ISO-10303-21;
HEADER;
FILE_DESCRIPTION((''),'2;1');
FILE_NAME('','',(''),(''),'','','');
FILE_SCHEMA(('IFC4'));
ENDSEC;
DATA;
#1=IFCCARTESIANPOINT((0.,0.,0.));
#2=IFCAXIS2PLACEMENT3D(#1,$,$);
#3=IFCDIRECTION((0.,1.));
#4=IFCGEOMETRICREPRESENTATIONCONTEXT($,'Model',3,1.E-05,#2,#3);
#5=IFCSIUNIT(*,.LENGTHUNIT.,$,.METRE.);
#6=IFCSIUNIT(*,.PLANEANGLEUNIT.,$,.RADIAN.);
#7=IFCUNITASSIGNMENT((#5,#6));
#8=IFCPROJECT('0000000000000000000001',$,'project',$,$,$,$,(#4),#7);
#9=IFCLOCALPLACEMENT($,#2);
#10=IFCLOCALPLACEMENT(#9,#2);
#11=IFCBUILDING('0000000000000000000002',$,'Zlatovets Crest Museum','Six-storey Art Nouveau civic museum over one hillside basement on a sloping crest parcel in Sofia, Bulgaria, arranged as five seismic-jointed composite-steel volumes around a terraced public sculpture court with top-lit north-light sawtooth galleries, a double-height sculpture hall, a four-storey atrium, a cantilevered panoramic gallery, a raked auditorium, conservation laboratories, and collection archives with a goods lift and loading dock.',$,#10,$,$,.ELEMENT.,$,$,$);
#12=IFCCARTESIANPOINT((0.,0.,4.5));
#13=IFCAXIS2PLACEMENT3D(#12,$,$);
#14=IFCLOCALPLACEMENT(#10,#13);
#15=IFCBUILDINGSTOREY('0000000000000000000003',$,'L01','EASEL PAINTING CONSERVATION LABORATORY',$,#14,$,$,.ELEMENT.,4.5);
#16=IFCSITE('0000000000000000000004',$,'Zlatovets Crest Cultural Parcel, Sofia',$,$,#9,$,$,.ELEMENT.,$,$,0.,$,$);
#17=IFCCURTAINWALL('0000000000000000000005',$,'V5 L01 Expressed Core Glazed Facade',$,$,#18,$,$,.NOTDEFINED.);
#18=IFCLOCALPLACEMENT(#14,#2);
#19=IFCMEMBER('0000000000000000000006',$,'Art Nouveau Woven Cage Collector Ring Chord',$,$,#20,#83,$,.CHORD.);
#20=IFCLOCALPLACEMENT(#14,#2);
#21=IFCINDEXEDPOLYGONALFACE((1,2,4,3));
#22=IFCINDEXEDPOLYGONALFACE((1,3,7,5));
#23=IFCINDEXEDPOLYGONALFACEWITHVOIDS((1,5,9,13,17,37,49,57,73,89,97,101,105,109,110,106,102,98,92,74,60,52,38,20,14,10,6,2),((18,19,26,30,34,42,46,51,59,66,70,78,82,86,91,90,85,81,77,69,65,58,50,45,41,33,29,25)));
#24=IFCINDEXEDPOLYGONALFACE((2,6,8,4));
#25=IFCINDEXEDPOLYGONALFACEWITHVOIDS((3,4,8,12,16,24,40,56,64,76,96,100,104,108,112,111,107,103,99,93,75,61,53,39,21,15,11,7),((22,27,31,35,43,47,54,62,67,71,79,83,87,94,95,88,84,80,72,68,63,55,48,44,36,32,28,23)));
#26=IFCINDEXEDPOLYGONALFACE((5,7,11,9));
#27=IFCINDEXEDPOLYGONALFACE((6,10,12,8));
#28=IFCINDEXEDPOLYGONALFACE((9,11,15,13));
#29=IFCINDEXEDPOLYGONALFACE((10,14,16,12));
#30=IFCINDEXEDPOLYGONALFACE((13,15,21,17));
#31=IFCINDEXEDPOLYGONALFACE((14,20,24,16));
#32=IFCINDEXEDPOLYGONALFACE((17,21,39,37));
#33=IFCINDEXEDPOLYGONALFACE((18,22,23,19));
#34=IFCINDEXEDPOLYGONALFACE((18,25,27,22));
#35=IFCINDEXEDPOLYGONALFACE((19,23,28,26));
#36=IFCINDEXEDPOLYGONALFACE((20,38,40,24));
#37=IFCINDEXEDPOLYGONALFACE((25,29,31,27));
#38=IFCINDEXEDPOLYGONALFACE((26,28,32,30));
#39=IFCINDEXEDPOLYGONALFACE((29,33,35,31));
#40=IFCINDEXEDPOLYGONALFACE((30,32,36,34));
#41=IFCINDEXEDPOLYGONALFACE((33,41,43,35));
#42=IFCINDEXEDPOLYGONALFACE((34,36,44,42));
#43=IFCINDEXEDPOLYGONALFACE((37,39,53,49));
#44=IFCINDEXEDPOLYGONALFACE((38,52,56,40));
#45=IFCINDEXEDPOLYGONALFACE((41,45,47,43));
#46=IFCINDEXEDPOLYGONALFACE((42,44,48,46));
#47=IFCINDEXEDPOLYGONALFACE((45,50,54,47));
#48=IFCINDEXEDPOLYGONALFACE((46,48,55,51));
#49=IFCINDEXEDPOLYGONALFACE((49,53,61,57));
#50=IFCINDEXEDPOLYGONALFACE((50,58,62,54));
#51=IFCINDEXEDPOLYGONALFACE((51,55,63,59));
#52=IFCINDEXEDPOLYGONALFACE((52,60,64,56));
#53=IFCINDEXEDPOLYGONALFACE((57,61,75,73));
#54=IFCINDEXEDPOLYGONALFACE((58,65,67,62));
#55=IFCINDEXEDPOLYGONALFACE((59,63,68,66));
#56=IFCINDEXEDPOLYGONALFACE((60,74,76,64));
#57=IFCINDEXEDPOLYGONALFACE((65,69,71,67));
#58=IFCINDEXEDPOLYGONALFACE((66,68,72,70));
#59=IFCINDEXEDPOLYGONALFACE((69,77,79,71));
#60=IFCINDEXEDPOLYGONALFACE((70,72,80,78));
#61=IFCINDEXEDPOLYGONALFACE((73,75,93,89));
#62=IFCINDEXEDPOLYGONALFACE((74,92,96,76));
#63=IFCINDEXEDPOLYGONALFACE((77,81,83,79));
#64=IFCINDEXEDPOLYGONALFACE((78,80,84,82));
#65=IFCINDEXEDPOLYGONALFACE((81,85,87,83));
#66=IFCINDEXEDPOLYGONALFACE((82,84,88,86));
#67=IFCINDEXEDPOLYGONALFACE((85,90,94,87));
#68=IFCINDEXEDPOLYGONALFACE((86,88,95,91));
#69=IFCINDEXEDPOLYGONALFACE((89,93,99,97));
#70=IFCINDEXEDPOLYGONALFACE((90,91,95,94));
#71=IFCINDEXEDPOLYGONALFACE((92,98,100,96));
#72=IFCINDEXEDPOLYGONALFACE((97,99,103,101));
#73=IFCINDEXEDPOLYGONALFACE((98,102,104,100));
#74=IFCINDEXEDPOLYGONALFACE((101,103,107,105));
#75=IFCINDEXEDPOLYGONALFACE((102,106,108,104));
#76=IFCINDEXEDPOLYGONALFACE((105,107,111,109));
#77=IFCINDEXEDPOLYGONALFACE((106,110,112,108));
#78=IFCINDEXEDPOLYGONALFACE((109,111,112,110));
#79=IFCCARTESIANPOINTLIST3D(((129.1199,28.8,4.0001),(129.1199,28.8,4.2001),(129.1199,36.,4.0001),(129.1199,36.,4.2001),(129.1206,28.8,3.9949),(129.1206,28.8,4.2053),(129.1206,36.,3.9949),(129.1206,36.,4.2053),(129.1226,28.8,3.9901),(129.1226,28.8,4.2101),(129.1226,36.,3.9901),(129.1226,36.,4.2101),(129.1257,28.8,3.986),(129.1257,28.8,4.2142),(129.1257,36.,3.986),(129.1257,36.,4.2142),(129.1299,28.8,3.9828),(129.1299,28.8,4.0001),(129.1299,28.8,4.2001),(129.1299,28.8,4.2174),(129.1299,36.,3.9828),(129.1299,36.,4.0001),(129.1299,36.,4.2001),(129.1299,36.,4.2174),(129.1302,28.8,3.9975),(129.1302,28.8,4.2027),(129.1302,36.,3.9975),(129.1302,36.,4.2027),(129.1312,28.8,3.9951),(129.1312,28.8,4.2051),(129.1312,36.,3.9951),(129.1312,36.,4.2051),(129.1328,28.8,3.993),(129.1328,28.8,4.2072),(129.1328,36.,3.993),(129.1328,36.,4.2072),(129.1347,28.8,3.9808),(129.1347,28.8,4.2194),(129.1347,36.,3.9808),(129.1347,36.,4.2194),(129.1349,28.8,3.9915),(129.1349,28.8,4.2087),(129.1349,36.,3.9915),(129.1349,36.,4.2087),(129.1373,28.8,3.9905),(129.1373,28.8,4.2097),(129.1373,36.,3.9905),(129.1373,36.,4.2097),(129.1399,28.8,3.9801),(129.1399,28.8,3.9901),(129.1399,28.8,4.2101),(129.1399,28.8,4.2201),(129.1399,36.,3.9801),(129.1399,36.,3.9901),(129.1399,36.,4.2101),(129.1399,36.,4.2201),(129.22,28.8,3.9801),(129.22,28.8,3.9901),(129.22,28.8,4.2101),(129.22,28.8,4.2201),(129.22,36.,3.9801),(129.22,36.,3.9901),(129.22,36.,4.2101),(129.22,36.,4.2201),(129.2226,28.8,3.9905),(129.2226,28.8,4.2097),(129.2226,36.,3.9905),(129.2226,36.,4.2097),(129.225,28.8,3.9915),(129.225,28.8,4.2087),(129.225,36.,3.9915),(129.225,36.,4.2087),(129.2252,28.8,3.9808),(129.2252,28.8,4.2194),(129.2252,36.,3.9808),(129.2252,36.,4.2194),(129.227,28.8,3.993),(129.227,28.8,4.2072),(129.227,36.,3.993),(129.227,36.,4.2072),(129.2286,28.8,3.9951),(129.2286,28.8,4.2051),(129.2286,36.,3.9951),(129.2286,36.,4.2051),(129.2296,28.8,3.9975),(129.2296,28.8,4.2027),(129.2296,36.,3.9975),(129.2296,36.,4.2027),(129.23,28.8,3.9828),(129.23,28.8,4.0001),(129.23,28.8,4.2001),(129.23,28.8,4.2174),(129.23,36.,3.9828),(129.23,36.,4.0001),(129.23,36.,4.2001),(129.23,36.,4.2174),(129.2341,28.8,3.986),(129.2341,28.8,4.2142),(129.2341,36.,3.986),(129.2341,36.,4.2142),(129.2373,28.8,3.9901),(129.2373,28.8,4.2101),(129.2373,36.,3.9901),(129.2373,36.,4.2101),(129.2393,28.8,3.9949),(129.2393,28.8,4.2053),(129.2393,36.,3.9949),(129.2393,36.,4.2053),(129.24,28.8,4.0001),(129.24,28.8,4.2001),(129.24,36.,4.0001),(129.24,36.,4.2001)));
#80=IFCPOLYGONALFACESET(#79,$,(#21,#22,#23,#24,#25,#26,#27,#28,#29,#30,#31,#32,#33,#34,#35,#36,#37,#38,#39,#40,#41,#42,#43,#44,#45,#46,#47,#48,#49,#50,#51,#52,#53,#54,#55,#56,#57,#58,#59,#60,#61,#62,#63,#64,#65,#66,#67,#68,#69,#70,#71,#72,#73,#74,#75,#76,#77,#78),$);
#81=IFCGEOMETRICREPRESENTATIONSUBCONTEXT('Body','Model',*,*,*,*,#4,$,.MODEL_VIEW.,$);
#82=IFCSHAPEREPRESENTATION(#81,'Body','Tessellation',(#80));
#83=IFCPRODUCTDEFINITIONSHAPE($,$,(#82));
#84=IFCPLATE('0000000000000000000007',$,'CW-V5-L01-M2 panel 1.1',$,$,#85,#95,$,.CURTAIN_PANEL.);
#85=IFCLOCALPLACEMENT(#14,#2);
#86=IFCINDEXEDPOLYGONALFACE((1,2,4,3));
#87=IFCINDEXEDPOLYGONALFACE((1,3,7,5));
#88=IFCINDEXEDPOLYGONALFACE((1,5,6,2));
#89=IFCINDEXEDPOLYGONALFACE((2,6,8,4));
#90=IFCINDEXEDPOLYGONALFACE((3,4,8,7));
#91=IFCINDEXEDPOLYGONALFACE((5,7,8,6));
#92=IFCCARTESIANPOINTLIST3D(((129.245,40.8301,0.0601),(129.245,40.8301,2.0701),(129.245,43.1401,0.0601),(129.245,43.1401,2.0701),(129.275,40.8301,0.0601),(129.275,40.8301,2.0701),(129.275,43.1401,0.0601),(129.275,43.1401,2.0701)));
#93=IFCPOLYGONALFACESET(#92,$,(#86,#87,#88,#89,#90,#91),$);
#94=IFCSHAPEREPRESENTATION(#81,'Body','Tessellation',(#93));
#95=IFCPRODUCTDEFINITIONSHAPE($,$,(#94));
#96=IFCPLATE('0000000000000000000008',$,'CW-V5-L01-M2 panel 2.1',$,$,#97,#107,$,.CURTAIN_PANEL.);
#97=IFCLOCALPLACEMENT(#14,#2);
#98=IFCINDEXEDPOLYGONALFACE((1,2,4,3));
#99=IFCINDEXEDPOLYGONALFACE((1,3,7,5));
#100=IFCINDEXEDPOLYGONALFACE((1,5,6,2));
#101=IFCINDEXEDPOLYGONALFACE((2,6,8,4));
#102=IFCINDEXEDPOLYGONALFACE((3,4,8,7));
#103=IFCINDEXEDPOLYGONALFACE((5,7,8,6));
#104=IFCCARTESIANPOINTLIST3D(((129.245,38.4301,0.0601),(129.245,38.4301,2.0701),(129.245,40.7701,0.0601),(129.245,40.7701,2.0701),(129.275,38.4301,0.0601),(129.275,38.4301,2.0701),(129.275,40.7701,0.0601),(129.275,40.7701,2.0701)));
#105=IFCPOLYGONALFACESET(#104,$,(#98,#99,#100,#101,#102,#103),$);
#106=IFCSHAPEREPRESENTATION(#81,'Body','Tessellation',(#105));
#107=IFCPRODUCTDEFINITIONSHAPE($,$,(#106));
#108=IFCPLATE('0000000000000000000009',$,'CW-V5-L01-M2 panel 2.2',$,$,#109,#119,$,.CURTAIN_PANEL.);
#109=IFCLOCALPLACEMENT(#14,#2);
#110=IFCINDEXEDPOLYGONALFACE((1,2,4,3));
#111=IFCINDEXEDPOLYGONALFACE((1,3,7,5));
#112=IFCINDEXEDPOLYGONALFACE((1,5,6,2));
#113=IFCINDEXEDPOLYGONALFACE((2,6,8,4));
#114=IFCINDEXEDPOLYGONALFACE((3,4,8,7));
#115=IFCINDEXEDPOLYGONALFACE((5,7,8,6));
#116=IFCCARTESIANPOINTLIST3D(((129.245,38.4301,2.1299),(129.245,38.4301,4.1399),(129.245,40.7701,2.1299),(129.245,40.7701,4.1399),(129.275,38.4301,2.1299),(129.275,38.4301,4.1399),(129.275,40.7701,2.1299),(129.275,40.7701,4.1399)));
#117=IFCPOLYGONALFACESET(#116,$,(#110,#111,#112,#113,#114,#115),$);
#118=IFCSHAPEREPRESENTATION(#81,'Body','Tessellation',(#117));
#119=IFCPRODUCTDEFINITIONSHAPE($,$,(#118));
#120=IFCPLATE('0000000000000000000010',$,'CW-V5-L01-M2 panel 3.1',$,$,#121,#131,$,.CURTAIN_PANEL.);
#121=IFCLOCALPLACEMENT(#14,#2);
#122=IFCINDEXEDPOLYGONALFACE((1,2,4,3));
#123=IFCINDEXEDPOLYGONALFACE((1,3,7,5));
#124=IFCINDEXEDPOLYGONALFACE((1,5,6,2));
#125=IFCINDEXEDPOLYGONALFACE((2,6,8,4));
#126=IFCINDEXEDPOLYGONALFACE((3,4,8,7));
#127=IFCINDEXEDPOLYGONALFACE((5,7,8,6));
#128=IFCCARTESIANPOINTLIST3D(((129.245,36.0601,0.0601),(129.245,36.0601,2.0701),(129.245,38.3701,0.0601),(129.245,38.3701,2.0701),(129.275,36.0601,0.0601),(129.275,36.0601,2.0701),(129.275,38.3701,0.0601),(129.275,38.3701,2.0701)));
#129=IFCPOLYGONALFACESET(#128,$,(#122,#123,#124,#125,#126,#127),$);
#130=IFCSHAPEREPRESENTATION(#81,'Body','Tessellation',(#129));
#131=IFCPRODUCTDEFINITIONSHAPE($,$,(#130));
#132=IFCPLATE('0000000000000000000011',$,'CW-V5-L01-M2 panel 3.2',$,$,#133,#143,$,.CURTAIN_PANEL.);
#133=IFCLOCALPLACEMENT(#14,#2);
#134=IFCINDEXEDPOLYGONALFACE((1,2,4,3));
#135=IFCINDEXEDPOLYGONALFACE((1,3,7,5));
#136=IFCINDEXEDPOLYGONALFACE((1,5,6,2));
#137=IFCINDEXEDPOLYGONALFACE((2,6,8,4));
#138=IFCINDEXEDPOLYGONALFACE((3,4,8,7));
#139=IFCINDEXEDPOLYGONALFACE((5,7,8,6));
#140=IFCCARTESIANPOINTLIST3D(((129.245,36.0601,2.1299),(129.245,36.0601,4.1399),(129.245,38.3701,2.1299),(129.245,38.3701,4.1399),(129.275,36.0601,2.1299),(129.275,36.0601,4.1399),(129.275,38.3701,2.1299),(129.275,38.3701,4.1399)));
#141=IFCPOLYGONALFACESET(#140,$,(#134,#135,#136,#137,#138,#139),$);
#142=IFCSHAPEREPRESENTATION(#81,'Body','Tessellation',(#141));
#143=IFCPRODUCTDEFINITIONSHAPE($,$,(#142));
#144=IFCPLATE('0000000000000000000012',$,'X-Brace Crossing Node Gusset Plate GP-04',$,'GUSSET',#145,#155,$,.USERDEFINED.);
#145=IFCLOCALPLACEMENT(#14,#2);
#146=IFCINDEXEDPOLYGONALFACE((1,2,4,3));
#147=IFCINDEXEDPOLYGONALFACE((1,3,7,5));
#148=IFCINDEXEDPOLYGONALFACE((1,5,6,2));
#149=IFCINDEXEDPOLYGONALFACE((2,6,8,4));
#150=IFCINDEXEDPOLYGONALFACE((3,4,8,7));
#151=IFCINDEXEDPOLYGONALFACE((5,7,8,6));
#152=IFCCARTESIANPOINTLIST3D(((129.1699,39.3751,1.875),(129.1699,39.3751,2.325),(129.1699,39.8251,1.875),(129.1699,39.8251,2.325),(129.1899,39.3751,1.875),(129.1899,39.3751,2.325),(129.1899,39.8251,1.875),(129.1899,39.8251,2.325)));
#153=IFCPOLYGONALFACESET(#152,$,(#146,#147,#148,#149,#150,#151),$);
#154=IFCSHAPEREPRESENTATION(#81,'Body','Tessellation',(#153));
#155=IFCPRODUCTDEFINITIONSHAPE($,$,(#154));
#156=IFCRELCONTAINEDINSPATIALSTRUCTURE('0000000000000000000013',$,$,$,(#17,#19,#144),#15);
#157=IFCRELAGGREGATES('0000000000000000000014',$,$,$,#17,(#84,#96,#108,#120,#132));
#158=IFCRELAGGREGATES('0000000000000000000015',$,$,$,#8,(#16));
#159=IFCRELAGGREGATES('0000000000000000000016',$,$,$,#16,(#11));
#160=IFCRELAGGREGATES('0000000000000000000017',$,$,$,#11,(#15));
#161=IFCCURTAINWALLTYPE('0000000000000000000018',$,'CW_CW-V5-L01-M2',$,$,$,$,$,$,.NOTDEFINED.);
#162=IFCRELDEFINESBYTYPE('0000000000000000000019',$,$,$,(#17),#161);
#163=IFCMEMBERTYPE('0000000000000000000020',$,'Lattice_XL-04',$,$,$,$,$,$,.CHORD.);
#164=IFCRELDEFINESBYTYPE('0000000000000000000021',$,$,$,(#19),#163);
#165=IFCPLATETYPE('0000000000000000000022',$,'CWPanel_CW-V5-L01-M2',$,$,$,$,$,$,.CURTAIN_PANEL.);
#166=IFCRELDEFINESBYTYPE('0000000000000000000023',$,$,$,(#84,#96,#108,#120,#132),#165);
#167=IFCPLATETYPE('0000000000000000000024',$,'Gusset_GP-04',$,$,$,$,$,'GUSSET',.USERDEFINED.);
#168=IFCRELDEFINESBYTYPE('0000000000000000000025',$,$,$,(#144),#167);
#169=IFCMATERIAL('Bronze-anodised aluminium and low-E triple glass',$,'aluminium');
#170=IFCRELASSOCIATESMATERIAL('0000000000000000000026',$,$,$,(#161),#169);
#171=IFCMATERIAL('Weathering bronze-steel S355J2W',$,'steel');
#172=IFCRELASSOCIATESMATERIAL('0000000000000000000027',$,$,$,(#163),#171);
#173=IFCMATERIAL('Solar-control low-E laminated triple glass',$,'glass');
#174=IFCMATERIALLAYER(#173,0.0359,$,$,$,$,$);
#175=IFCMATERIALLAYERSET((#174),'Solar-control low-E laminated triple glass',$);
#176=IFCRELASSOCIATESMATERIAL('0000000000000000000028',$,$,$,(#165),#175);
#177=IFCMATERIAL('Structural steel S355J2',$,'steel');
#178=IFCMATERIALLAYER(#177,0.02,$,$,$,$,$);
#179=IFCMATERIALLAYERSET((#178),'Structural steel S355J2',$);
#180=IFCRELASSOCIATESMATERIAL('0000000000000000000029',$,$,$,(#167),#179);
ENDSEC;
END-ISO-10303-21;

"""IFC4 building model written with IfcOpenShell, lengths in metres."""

from ifc_helpers import new_model, si_unit, direction, frame, origin, origin_2d, place, context, subcontext, project, spatial, rectangle, hollow_rectangle, extrude, material, layer, layer_set, material_profile, profile_set, type_object, element, aggregate, save


model = new_model("IFC4")

# Units and contexts
model_context = context("Model", 3, precision=1e-05, world=origin(), true_north=direction((0.0, 1.0)))
body_context = subcontext(model_context, "Body", "Model", "MODEL_VIEW")
ifc_project = project(units=[si_unit("LENGTHUNIT", "METRE"), si_unit("PLANEANGLEUNIT", "RADIAN")], contexts=[model_context])

# Site, building, storey
site_placement = place(None, origin())
site = spatial("IfcSite", under=ifc_project, at=site_placement, Name="Zlatovets Crest Cultural Parcel, Sofia", CompositionType="ELEMENT", RefElevation=0.0)
building_placement = place(site_placement, origin())
building = spatial("IfcBuilding", under=site, at=building_placement, Name="Zlatovets Crest Museum", Description="Six-storey Art Nouveau civic museum over one hillside basement on a sloping crest parcel in Sofia, Bulgaria, arranged as five seismic-jointed composite-steel volumes around a terraced public sculpture court with top-lit north-light sawtooth galleries, a double-height sculpture hall, a four-storey atrium, a cantilevered panoramic gallery, a raked auditorium, conservation laboratories, and collection archives with a goods lift and loading dock.", CompositionType="ELEMENT")
storey_placement = place(building_placement, frame((0.0, 0.0, 4.5)))
storey = spatial("IfcBuildingStorey", under=building, at=storey_placement, Name="L01", Description="EASEL PAINTING CONSERVATION LABORATORY", CompositionType="ELEMENT", Elevation=4.5)

# Curtain wall
ifc_material_1 = material(Name="Bronze-anodised aluminium and low-E triple glass", Category="aluminium")
curtain_wall_type = type_object("IfcCurtainWallType", Name="CW_CW-V5-L01-M2", PredefinedType="NOTDEFINED", material=ifc_material_1)
curtain_wall_placement = place(storey_placement, origin())
curtain_wall = element("IfcCurtainWall", 1, at=curtain_wall_placement, inside=storey, type_object=curtain_wall_type, Name="V5 L01 Expressed Core Glazed Facade", PredefinedType="NOTDEFINED")

# Member
ifc_material_2 = material(Name="Weathering bronze-steel S355J2W", Category="steel")
ifc_material_profile_1 = material_profile(ifc_material_2, hollow_rectangle(XDim=0.1201, YDim=0.24, WallThickness=0.01, InnerFilletRadius=0.01, OuterFilletRadius=0.02, at=origin_2d()), Name="RHS 120x240x10.0")
ifc_profile_set_1 = profile_set([ifc_material_profile_1], Name="Weathering bronze-steel S355J2W")
member_type_1 = type_object("IfcMemberType", Name="Lattice_XL-04", PredefinedType="CHORD", material=ifc_profile_set_1)
member_1_placement = place(storey_placement, frame((129.1799, 36.0, 4.1001), z_axis=(0.0, -1.0, 0.0), x_axis=(1.0, 0.0, 0.0)))
element("IfcMember", 2, at=member_1_placement, inside=storey, type_object=member_type_1, Name="Art Nouveau Woven Cage Collector Ring Chord", PredefinedType="CHORD", context=body_context, shape_type="SweptSolid", body=[
    extrude(hollow_rectangle(XDim=0.1201, YDim=0.24, WallThickness=0.01, InnerFilletRadius=0.01, OuterFilletRadius=0.02, at=origin_2d()), origin(), (0.0, 0.0, 1.0), 7.2),
])

# Plates
ifc_material_3 = material(Name="Solar-control low-E laminated triple glass", Category="glass")
ifc_layer_1 = layer(ifc_material_3, 0.0359)
ifc_layer_set_1 = layer_set([ifc_layer_1], Name="Solar-control low-E laminated triple glass")
plate_type_1 = type_object("IfcPlateType", Name="CWPanel_CW-V5-L01-M2", PredefinedType="CURTAIN_PANEL", material=ifc_layer_set_1)
plate_1_placement = place(storey_placement, frame((129.26, 41.9851, 0.0601), z_axis=(0.0, 0.0, 1.0), x_axis=(0.0, -1.0, 0.0)))
plate_1 = element("IfcPlate", 3, at=plate_1_placement, type_object=plate_type_1, Name="CW-V5-L01-M2 panel 1.1", PredefinedType="CURTAIN_PANEL", context=body_context, shape_type="SweptSolid", body=[
    extrude(rectangle(XDim=2.3101, YDim=0.03, at=origin_2d()), origin(), (0.0, 0.0, 1.0), 2.01),
])
plate_2_placement = place(storey_placement, frame((129.26, 39.6001, 0.0601), z_axis=(0.0, 0.0, 1.0), x_axis=(0.0, -1.0, 0.0)))
plate_2 = element("IfcPlate", 4, at=plate_2_placement, type_object=plate_type_1, Name="CW-V5-L01-M2 panel 2.1", PredefinedType="CURTAIN_PANEL", context=body_context, shape_type="SweptSolid", body=[
    extrude(rectangle(XDim=2.3401, YDim=0.03, at=origin_2d()), origin(), (0.0, 0.0, 1.0), 2.01),
])
plate_3_placement = place(storey_placement, frame((129.26, 39.6001, 2.1299), z_axis=(0.0, 0.0, 1.0), x_axis=(0.0, -1.0, 0.0)))
plate_3 = element("IfcPlate", 5, at=plate_3_placement, type_object=plate_type_1, Name="CW-V5-L01-M2 panel 2.2", PredefinedType="CURTAIN_PANEL", context=body_context, shape_type="SweptSolid", body=[
    extrude(rectangle(XDim=2.3401, YDim=0.03, at=origin_2d()), origin(), (0.0, 0.0, 1.0), 2.01),
])
plate_4_placement = place(storey_placement, frame((129.26, 37.2151, 0.0601), z_axis=(0.0, 0.0, 1.0), x_axis=(0.0, -1.0, 0.0)))
plate_4 = element("IfcPlate", 6, at=plate_4_placement, type_object=plate_type_1, Name="CW-V5-L01-M2 panel 3.1", PredefinedType="CURTAIN_PANEL", context=body_context, shape_type="SweptSolid", body=[
    extrude(rectangle(XDim=2.3101, YDim=0.03, at=origin_2d()), origin(), (0.0, 0.0, 1.0), 2.01),
])
plate_5_placement = place(storey_placement, frame((129.26, 37.2151, 2.1299), z_axis=(0.0, 0.0, 1.0), x_axis=(0.0, -1.0, 0.0)))
plate_5 = element("IfcPlate", 7, at=plate_5_placement, type_object=plate_type_1, Name="CW-V5-L01-M2 panel 3.2", PredefinedType="CURTAIN_PANEL", context=body_context, shape_type="SweptSolid", body=[
    extrude(rectangle(XDim=2.3101, YDim=0.03, at=origin_2d()), origin(), (0.0, 0.0, 1.0), 2.01),
])
aggregate(curtain_wall, [plate_1, plate_2, plate_3, plate_4, plate_5])
ifc_material_4 = material(Name="Structural steel S355J2", Category="steel")
ifc_layer_2 = layer(ifc_material_4, 0.02)
ifc_layer_set_2 = layer_set([ifc_layer_2], Name="Structural steel S355J2")
plate_type_2 = type_object("IfcPlateType", Name="Gusset_GP-04", ElementType="GUSSET", PredefinedType="USERDEFINED", material=ifc_layer_set_2)
plate_6_placement = place(storey_placement, frame((129.1799, 39.6001, 1.875), z_axis=(0.0, 0.0, 1.0), x_axis=(1.0, 0.0, 0.0)))
element("IfcPlate", 8, at=plate_6_placement, inside=storey, type_object=plate_type_2, Name="X-Brace Crossing Node Gusset Plate GP-04", ObjectType="GUSSET", PredefinedType="USERDEFINED", context=body_context, shape_type="SweptSolid", body=[
    extrude(rectangle(XDim=0.02, YDim=0.45, at=origin_2d()), origin(), (0.0, 0.0, 1.0), 0.45),
])

save(model, "model.ifc")
